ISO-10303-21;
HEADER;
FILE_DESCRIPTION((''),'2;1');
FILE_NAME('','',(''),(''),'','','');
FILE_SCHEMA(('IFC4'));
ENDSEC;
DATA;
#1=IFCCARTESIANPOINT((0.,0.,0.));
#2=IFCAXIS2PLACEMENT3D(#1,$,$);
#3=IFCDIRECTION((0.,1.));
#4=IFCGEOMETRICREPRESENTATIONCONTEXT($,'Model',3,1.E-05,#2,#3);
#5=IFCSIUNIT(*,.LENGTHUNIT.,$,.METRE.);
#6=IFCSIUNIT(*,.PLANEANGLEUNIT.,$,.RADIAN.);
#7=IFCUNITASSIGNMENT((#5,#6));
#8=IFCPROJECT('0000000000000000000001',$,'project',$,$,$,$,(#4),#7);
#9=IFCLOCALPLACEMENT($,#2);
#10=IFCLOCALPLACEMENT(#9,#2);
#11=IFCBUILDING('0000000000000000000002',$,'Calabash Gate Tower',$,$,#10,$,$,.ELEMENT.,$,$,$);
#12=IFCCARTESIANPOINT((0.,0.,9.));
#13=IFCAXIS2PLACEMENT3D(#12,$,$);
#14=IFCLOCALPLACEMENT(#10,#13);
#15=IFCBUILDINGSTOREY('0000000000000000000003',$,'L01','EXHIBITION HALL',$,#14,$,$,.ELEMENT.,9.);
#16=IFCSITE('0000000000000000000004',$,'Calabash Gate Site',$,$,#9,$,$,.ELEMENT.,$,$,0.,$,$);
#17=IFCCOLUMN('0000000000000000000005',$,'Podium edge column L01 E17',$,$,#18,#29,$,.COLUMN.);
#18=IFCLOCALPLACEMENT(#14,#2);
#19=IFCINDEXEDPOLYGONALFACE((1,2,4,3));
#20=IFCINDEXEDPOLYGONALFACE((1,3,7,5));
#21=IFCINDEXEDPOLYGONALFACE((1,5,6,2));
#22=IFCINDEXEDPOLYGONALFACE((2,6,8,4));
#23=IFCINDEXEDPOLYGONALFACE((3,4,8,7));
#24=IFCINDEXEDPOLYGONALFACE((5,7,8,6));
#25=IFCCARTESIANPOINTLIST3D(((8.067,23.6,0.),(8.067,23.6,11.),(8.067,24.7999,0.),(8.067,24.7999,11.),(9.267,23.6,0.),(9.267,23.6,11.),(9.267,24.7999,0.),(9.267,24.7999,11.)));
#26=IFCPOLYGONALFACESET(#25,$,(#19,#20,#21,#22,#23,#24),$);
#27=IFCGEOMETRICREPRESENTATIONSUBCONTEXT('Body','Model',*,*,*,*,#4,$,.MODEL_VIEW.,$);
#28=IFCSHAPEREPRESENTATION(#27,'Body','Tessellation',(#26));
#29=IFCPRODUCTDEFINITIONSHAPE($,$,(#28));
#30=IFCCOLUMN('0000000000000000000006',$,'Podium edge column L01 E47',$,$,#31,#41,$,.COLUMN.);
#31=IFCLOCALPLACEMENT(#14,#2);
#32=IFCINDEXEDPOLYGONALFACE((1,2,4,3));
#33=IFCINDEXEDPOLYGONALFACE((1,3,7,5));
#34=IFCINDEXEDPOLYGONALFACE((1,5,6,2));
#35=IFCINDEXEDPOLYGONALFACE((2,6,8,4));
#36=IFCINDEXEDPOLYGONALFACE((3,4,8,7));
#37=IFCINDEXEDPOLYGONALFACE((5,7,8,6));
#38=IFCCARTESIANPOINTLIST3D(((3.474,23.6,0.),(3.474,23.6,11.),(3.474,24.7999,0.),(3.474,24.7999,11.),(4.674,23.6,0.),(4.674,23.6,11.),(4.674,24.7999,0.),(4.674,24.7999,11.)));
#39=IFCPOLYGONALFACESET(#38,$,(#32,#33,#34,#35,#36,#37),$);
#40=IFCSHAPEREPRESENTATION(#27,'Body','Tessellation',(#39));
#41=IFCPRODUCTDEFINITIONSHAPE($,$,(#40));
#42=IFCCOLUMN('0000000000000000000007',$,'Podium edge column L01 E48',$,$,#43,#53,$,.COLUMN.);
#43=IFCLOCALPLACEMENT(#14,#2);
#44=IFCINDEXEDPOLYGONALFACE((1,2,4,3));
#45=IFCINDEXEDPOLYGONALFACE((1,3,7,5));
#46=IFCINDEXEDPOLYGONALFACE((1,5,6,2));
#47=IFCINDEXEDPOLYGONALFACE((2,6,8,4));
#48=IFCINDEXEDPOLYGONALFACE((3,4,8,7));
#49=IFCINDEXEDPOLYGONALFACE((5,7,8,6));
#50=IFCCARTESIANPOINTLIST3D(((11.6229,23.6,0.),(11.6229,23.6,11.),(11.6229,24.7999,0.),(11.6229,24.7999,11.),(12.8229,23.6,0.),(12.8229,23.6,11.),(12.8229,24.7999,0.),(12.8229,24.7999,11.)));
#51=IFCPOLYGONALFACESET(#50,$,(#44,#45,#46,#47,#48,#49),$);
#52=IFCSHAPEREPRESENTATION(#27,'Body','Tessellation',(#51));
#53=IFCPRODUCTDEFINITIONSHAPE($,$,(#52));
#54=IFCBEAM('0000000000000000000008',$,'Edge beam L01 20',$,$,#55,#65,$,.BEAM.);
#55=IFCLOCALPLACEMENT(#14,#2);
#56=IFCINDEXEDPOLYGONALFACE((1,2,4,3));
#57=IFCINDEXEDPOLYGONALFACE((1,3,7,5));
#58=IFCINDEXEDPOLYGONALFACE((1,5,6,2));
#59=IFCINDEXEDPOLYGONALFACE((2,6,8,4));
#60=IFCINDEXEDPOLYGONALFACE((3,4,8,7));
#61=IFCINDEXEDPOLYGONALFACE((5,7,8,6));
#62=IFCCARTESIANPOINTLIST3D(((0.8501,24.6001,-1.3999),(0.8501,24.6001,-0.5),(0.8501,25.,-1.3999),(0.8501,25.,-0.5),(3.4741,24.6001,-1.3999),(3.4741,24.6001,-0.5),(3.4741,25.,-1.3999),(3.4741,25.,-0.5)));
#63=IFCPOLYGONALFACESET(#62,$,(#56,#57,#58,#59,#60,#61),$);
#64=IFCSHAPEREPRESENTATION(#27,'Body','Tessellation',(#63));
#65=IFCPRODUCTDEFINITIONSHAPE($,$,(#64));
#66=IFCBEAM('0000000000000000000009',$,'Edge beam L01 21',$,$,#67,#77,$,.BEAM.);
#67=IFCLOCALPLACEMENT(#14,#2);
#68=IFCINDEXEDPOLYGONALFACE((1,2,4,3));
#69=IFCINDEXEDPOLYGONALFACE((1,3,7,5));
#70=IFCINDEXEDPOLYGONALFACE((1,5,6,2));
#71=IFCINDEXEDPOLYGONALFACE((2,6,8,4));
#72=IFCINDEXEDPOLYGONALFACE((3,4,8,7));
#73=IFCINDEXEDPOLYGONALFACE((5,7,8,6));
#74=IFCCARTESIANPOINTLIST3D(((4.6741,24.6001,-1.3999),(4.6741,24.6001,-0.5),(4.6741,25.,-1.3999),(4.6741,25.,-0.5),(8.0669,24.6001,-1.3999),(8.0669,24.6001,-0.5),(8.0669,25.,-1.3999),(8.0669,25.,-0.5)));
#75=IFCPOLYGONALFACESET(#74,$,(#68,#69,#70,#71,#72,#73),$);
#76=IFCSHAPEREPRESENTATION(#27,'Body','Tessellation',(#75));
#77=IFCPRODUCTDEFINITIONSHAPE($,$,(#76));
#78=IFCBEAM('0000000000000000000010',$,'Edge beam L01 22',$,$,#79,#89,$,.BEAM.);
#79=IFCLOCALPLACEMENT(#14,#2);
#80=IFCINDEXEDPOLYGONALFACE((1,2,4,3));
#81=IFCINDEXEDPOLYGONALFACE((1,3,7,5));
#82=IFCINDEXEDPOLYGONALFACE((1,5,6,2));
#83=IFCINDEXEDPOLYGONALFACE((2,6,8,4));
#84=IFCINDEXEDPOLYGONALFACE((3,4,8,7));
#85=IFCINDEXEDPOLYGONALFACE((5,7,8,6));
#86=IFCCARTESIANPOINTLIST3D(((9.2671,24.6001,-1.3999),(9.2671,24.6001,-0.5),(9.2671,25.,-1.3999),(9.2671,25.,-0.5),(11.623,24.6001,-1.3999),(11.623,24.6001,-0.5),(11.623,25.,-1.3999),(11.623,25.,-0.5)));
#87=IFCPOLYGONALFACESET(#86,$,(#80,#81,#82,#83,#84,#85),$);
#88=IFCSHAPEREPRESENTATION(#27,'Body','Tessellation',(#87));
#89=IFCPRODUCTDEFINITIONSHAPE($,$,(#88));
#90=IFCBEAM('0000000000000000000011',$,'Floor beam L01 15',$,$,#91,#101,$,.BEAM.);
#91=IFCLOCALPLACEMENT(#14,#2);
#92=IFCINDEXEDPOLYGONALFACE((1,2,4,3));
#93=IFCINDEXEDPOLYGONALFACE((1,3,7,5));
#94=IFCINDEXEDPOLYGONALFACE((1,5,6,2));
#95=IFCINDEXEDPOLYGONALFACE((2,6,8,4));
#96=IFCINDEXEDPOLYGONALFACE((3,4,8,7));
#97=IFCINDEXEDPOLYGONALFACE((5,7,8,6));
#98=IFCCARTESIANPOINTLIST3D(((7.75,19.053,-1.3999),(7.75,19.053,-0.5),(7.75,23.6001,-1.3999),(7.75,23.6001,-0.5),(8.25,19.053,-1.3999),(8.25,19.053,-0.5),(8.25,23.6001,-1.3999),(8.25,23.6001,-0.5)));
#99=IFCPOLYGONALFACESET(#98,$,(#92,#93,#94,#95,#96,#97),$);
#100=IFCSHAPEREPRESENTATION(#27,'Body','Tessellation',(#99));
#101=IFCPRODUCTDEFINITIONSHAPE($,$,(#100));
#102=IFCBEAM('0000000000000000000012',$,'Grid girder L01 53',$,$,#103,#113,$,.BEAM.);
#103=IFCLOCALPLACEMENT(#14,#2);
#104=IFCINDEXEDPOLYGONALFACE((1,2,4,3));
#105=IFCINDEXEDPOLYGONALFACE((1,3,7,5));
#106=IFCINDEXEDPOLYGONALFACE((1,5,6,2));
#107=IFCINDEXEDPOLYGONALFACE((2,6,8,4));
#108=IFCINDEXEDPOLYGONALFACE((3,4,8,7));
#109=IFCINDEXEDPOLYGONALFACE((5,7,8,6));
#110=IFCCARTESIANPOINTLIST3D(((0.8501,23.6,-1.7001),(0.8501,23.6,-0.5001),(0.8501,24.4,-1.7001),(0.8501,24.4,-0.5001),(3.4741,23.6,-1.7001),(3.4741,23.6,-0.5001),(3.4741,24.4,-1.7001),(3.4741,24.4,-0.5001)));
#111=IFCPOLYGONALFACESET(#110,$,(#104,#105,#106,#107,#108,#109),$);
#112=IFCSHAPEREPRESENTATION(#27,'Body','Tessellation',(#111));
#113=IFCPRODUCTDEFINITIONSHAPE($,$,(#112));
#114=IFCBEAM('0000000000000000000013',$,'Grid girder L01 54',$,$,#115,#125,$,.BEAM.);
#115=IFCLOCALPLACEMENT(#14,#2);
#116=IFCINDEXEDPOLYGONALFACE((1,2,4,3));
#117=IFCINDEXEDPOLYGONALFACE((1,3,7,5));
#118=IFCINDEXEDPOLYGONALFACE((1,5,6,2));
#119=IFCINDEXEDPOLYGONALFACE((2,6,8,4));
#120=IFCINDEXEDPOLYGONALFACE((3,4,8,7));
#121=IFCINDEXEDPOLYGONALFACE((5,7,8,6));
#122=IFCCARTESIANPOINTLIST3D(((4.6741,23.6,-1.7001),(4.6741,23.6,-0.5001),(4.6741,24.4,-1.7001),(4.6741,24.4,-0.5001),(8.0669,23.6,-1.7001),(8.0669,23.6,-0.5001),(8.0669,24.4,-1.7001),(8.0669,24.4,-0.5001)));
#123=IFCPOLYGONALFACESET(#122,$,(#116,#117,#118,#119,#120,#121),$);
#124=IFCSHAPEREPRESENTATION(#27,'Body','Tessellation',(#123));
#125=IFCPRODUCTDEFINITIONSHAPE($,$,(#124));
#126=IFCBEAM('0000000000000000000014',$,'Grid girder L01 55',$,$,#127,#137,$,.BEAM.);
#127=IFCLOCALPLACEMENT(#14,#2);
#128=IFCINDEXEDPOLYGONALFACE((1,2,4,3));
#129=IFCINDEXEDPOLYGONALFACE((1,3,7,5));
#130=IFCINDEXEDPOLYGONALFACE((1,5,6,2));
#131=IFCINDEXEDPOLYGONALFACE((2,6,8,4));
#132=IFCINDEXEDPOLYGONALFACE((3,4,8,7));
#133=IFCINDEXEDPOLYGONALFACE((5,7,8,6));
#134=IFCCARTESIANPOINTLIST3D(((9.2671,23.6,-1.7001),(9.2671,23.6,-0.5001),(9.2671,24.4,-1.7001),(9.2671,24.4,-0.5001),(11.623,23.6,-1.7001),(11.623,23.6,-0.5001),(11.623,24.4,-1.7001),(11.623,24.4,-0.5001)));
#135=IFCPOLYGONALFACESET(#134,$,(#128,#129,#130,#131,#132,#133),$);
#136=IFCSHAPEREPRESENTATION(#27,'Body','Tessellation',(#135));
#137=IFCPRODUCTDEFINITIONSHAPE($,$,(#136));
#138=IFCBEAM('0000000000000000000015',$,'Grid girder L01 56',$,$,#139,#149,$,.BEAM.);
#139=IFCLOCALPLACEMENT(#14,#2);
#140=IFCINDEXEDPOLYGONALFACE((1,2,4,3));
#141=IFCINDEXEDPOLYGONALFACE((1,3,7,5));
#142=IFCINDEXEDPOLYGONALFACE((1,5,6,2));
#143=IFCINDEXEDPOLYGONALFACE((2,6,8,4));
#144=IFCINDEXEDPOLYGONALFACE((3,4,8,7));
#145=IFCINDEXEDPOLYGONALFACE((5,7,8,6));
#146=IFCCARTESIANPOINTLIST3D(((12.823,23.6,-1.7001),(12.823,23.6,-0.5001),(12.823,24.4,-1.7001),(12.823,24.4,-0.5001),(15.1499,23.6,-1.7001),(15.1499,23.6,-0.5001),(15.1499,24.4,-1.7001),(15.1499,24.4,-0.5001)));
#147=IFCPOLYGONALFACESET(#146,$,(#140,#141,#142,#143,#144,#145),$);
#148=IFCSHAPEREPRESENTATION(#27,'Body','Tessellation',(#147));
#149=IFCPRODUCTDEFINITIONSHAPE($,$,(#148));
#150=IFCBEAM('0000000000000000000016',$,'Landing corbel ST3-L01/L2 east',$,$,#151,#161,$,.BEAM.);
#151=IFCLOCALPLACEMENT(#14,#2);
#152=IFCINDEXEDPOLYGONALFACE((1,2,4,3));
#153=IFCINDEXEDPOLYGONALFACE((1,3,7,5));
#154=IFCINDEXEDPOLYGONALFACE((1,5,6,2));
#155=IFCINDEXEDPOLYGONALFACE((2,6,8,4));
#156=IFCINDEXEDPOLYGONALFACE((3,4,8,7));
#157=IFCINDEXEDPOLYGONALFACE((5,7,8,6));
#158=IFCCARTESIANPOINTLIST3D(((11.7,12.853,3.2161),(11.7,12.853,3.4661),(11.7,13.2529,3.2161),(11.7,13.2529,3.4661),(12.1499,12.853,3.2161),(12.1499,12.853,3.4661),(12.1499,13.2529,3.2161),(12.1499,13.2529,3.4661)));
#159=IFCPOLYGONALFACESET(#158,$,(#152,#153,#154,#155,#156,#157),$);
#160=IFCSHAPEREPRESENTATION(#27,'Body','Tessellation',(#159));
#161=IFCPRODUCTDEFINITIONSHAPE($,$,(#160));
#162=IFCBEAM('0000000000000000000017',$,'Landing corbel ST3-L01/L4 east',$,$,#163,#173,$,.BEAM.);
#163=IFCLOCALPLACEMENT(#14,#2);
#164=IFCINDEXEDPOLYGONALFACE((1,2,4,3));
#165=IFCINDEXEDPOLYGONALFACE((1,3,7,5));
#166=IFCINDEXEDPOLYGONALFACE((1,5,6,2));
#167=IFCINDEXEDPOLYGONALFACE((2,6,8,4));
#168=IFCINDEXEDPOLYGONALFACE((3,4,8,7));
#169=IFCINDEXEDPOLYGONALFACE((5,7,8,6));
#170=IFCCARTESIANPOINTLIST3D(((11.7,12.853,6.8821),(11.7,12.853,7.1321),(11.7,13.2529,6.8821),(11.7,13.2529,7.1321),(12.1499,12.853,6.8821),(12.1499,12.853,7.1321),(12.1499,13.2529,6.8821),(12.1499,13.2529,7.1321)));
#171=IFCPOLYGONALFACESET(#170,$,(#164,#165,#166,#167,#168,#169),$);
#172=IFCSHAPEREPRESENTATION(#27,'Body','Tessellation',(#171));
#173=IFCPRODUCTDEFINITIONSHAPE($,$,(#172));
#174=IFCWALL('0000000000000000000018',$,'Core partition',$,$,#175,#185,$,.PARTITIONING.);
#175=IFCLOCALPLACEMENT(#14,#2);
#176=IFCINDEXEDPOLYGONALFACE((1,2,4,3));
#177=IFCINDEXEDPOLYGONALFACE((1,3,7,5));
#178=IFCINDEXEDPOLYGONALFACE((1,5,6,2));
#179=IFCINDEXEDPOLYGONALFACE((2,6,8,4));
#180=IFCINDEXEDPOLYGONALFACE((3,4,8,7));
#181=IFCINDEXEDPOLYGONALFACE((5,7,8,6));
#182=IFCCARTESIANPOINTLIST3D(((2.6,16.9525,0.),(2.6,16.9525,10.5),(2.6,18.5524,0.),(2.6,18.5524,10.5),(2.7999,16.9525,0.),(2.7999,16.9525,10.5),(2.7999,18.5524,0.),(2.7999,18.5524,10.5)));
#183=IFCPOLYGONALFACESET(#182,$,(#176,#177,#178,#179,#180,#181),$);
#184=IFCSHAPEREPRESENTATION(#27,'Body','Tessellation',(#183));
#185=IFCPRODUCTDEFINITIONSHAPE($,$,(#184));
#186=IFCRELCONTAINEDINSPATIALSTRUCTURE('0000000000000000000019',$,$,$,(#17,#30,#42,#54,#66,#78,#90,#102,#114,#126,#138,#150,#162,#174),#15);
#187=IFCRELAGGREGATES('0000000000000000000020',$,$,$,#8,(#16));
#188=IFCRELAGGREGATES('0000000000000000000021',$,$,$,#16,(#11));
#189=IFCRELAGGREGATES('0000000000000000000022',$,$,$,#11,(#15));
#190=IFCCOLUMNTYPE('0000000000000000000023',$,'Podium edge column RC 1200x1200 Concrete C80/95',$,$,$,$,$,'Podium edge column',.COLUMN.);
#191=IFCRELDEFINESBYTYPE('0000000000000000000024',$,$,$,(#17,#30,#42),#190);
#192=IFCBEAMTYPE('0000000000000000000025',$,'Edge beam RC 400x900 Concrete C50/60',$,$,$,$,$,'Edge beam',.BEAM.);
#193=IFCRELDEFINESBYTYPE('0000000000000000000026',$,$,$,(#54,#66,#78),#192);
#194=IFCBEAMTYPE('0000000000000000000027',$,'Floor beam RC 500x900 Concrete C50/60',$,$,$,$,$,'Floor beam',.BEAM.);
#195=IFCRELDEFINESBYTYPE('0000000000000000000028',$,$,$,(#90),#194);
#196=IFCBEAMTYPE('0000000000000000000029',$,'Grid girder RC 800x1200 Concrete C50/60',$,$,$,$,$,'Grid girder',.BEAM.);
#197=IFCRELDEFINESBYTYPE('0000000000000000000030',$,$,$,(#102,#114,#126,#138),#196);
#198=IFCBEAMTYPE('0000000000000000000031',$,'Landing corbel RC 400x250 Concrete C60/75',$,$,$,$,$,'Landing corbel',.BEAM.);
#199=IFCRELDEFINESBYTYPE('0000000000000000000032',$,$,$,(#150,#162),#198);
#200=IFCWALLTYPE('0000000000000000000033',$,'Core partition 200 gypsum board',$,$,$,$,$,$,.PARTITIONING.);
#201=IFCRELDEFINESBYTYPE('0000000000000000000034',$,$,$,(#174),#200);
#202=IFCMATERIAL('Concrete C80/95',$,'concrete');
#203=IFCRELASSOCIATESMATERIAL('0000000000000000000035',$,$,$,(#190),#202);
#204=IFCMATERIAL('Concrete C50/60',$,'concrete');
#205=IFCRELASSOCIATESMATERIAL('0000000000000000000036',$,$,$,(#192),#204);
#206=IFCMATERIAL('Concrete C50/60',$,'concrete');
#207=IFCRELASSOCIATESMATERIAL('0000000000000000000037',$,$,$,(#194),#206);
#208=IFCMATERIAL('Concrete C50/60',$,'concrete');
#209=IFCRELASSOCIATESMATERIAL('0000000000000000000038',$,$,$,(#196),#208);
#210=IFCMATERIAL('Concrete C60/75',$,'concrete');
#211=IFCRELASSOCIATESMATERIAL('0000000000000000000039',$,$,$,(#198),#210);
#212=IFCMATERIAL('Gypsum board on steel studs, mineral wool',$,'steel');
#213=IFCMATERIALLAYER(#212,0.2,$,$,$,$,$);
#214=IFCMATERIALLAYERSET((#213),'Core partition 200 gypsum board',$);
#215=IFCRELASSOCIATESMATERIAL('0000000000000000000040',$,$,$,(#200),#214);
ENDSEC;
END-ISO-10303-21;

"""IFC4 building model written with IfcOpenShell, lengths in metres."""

from ifc_helpers import new_model, si_unit, direction, frame, frame_2d, origin, origin_2d, place, context, subcontext, project, spatial, rectangle, extrude, material, layer, layer_set, material_profile, profile_set, type_object, element, save


model = new_model("IFC4")

# Units and contexts
model_context = context("Model", 3, precision=1e-05, world=origin(), true_north=direction((0.0, 1.0)))
body_context = subcontext(model_context, "Body", "Model", "MODEL_VIEW")
ifc_project = project(units=[si_unit("LENGTHUNIT", "METRE"), si_unit("PLANEANGLEUNIT", "RADIAN")], contexts=[model_context])

# Site, building, storey
site_placement = place(None, origin())
site = spatial("IfcSite", under=ifc_project, at=site_placement, Name="Calabash Gate Site", CompositionType="ELEMENT", RefElevation=0.0)
building_placement = place(site_placement, origin())
building = spatial("IfcBuilding", under=site, at=building_placement, Name="Calabash Gate Tower", CompositionType="ELEMENT")
storey_placement = place(building_placement, frame((0.0, 0.0, 9.0)))
storey = spatial("IfcBuildingStorey", under=building, at=storey_placement, Name="L01", Description="EXHIBITION HALL", CompositionType="ELEMENT", Elevation=9.0)

# Columns
ifc_material_1 = material(Name="Concrete C80/95", Category="concrete")
ifc_material_profile_1 = material_profile(ifc_material_1, rectangle(XDim=1.2, YDim=1.2, at=origin_2d()))
ifc_profile_set_1 = profile_set([ifc_material_profile_1], Name="Concrete C80/95")
column_type = type_object("IfcColumnType", Name="Podium edge column RC 1200x1200 Concrete C80/95", ElementType="Podium edge column", PredefinedType="COLUMN", material=ifc_profile_set_1)
for number, where, z_axis, x_axis, name in (
    (1, (8.667, 24.2, 0.0), (0.0, 0.0, 1.0), (1.0, 0.0, 0.0), "Podium edge column L01 E17"),
    (2, (4.074, 24.2, 0.0), (0.0, 0.0, 1.0), (1.0, 0.0, 0.0), "Podium edge column L01 E47"),
    (3, (12.2229, 24.2, 0.0), (0.0, 0.0, 1.0), (1.0, 0.0, 0.0), "Podium edge column L01 E48"),
):
    element("IfcColumn", number, at=place(storey_placement, frame(where, z_axis=z_axis, x_axis=x_axis)), inside=storey, type_object=column_type, Name=name, PredefinedType="COLUMN", context=body_context, shape_type="SweptSolid", body=[
        extrude(rectangle(XDim=1.2, YDim=1.2, at=origin_2d()), origin(), (0.0, 0.0, 1.0), 11.0),
    ])

# Beams
ifc_material_2 = material(Name="Concrete C50/60", Category="concrete")
ifc_material_profile_2 = material_profile(ifc_material_2, rectangle(XDim=0.3999, YDim=0.8999, at=origin_2d()))
ifc_profile_set_2 = profile_set([ifc_material_profile_2], Name="Concrete C50/60")
beam_type_1 = type_object("IfcBeamType", Name="Edge beam RC 400x900 Concrete C50/60", ElementType="Edge beam", PredefinedType="BEAM", material=ifc_profile_set_2)
beam_1_placement = place(storey_placement, frame((0.8501, 24.8, -0.95), z_axis=(1.0, 0.0, 0.0), x_axis=(0.0, 1.0, 0.0)))
element("IfcBeam", 4, at=beam_1_placement, inside=storey, type_object=beam_type_1, Name="Edge beam L01 20", PredefinedType="BEAM", context=body_context, shape_type="SweptSolid", body=[
    extrude(rectangle(XDim=0.3999, YDim=0.8999, at=origin_2d()), origin(), (0.0, 0.0, 1.0), 2.624),
])
beam_2_placement = place(storey_placement, frame((4.6741, 24.8, -0.95), z_axis=(1.0, 0.0, 0.0), x_axis=(0.0, 1.0, 0.0)))
element("IfcBeam", 5, at=beam_2_placement, inside=storey, type_object=beam_type_1, Name="Edge beam L01 21", PredefinedType="BEAM", context=body_context, shape_type="SweptSolid", body=[
    extrude(rectangle(XDim=0.3999, YDim=0.8999, at=origin_2d()), origin(), (0.0, 0.0, 1.0), 3.3928),
])
beam_3_placement = place(storey_placement, frame((9.2671, 24.8, -0.95), z_axis=(1.0, 0.0, 0.0), x_axis=(0.0, 1.0, 0.0)))
element("IfcBeam", 6, at=beam_3_placement, inside=storey, type_object=beam_type_1, Name="Edge beam L01 22", PredefinedType="BEAM", context=body_context, shape_type="SweptSolid", body=[
    extrude(rectangle(XDim=0.3999, YDim=0.8999, at=origin_2d()), origin(), (0.0, 0.0, 1.0), 2.356),
])
ifc_material_3 = material(Name="Concrete C50/60", Category="concrete")
ifc_material_profile_3 = material_profile(ifc_material_3, rectangle(XDim=0.5, YDim=0.8999, at=origin_2d()))
ifc_profile_set_3 = profile_set([ifc_material_profile_3], Name="Concrete C50/60")
beam_type_2 = type_object("IfcBeamType", Name="Floor beam RC 500x900 Concrete C50/60", ElementType="Floor beam", PredefinedType="BEAM", material=ifc_profile_set_3)
beam_4_placement = place(storey_placement, frame((8.0, 19.053, -0.95), z_axis=(0.0, 1.0, 0.0), x_axis=(-1.0, 0.0, 0.0)))
element("IfcBeam", 7, at=beam_4_placement, inside=storey, type_object=beam_type_2, Name="Floor beam L01 15", PredefinedType="BEAM", context=body_context, shape_type="SweptSolid", body=[
    extrude(rectangle(XDim=0.5, YDim=0.8999, at=origin_2d()), origin(), (0.0, 0.0, 1.0), 4.5471),
])
ifc_material_4 = material(Name="Concrete C50/60", Category="concrete")
ifc_material_profile_4 = material_profile(ifc_material_4, rectangle(XDim=0.8, YDim=1.2, at=origin_2d()))
ifc_profile_set_4 = profile_set([ifc_material_profile_4], Name="Concrete C50/60")
beam_type_3 = type_object("IfcBeamType", Name="Grid girder RC 800x1200 Concrete C50/60", ElementType="Grid girder", PredefinedType="BEAM", material=ifc_profile_set_4)
beam_5_placement = place(storey_placement, frame((0.8501, 24.0, -1.1001), z_axis=(1.0, 0.0, 0.0), x_axis=(0.0, 1.0, 0.0)))
element("IfcBeam", 8, at=beam_5_placement, inside=storey, type_object=beam_type_3, Name="Grid girder L01 53", PredefinedType="BEAM", context=body_context, shape_type="SweptSolid", body=[
    extrude(rectangle(XDim=0.8, YDim=1.2, at=origin_2d()), origin(), (0.0, 0.0, 1.0), 2.624),
])
beam_6_placement = place(storey_placement, frame((4.6741, 24.0, -1.1001), z_axis=(1.0, 0.0, 0.0), x_axis=(0.0, 1.0, 0.0)))
element("IfcBeam", 9, at=beam_6_placement, inside=storey, type_object=beam_type_3, Name="Grid girder L01 54", PredefinedType="BEAM", context=body_context, shape_type="SweptSolid", body=[
    extrude(rectangle(XDim=0.8, YDim=1.2, at=origin_2d()), origin(), (0.0, 0.0, 1.0), 3.3928),
])
beam_7_placement = place(storey_placement, frame((9.2671, 24.0, -1.1001), z_axis=(1.0, 0.0, 0.0), x_axis=(0.0, 1.0, 0.0)))
element("IfcBeam", 10, at=beam_7_placement, inside=storey, type_object=beam_type_3, Name="Grid girder L01 55", PredefinedType="BEAM", context=body_context, shape_type="SweptSolid", body=[
    extrude(rectangle(XDim=0.8, YDim=1.2, at=origin_2d()), origin(), (0.0, 0.0, 1.0), 2.356),
])
beam_8_placement = place(storey_placement, frame((12.823, 24.0, -1.1001), z_axis=(1.0, 0.0, 0.0), x_axis=(0.0, 1.0, 0.0)))
element("IfcBeam", 11, at=beam_8_placement, inside=storey, type_object=beam_type_3, Name="Grid girder L01 56", PredefinedType="BEAM", context=body_context, shape_type="SweptSolid", body=[
    extrude(rectangle(XDim=0.8, YDim=1.2, at=origin_2d()), origin(), (0.0, 0.0, 1.0), 2.3269),
])
ifc_material_5 = material(Name="Concrete C60/75", Category="concrete")
ifc_material_profile_5 = material_profile(ifc_material_5, rectangle(XDim=0.3999, YDim=0.25, at=origin_2d()))
ifc_profile_set_5 = profile_set([ifc_material_profile_5], Name="Concrete C60/75")
beam_type_4 = type_object("IfcBeamType", Name="Landing corbel RC 400x250 Concrete C60/75", ElementType="Landing corbel", PredefinedType="BEAM", material=ifc_profile_set_5)
for number, where, z_axis, x_axis, name in (
    (12, (12.1499, 13.053, 3.3411), (-1.0, 0.0, 0.0), (0.0, -1.0, 0.0), "Landing corbel ST3-L01/L2 east"),
    (13, (12.1499, 13.053, 7.0071), (-1.0, 0.0, 0.0), (0.0, -1.0, 0.0), "Landing corbel ST3-L01/L4 east"),
):
    element("IfcBeam", number, at=place(storey_placement, frame(where, z_axis=z_axis, x_axis=x_axis)), inside=storey, type_object=beam_type_4, Name=name, PredefinedType="BEAM", context=body_context, shape_type="SweptSolid", body=[
        extrude(rectangle(XDim=0.3999, YDim=0.25, at=origin_2d()), origin(), (0.0, 0.0, 1.0), 0.45),
    ])

# Wall
ifc_material_6 = material(Name="Gypsum board on steel studs, mineral wool", Category="steel")
ifc_layer_1 = layer(ifc_material_6, 0.2)
ifc_layer_set_1 = layer_set([ifc_layer_1], Name="Core partition 200 gypsum board")
wall_type_1 = type_object("IfcWallType", Name="Core partition 200 gypsum board", PredefinedType="PARTITIONING", material=ifc_layer_set_1)
wall_1_placement = place(storey_placement, frame((2.7, 16.9526, 0.0), z_axis=(0.0, 0.0, 1.0), x_axis=(0.0, 1.0, 0.0)))
element("IfcWall", 14, at=wall_1_placement, inside=storey, type_object=wall_type_1, Name="Core partition", PredefinedType="PARTITIONING", context=body_context, shape_type="SweptSolid", body=[
    extrude(rectangle(XDim=1.5999, YDim=0.2, at=frame_2d((0.7998, 0.0))), origin(), (0.0, 0.0, 1.0), 10.5),
])

save(model, "model.ifc")
